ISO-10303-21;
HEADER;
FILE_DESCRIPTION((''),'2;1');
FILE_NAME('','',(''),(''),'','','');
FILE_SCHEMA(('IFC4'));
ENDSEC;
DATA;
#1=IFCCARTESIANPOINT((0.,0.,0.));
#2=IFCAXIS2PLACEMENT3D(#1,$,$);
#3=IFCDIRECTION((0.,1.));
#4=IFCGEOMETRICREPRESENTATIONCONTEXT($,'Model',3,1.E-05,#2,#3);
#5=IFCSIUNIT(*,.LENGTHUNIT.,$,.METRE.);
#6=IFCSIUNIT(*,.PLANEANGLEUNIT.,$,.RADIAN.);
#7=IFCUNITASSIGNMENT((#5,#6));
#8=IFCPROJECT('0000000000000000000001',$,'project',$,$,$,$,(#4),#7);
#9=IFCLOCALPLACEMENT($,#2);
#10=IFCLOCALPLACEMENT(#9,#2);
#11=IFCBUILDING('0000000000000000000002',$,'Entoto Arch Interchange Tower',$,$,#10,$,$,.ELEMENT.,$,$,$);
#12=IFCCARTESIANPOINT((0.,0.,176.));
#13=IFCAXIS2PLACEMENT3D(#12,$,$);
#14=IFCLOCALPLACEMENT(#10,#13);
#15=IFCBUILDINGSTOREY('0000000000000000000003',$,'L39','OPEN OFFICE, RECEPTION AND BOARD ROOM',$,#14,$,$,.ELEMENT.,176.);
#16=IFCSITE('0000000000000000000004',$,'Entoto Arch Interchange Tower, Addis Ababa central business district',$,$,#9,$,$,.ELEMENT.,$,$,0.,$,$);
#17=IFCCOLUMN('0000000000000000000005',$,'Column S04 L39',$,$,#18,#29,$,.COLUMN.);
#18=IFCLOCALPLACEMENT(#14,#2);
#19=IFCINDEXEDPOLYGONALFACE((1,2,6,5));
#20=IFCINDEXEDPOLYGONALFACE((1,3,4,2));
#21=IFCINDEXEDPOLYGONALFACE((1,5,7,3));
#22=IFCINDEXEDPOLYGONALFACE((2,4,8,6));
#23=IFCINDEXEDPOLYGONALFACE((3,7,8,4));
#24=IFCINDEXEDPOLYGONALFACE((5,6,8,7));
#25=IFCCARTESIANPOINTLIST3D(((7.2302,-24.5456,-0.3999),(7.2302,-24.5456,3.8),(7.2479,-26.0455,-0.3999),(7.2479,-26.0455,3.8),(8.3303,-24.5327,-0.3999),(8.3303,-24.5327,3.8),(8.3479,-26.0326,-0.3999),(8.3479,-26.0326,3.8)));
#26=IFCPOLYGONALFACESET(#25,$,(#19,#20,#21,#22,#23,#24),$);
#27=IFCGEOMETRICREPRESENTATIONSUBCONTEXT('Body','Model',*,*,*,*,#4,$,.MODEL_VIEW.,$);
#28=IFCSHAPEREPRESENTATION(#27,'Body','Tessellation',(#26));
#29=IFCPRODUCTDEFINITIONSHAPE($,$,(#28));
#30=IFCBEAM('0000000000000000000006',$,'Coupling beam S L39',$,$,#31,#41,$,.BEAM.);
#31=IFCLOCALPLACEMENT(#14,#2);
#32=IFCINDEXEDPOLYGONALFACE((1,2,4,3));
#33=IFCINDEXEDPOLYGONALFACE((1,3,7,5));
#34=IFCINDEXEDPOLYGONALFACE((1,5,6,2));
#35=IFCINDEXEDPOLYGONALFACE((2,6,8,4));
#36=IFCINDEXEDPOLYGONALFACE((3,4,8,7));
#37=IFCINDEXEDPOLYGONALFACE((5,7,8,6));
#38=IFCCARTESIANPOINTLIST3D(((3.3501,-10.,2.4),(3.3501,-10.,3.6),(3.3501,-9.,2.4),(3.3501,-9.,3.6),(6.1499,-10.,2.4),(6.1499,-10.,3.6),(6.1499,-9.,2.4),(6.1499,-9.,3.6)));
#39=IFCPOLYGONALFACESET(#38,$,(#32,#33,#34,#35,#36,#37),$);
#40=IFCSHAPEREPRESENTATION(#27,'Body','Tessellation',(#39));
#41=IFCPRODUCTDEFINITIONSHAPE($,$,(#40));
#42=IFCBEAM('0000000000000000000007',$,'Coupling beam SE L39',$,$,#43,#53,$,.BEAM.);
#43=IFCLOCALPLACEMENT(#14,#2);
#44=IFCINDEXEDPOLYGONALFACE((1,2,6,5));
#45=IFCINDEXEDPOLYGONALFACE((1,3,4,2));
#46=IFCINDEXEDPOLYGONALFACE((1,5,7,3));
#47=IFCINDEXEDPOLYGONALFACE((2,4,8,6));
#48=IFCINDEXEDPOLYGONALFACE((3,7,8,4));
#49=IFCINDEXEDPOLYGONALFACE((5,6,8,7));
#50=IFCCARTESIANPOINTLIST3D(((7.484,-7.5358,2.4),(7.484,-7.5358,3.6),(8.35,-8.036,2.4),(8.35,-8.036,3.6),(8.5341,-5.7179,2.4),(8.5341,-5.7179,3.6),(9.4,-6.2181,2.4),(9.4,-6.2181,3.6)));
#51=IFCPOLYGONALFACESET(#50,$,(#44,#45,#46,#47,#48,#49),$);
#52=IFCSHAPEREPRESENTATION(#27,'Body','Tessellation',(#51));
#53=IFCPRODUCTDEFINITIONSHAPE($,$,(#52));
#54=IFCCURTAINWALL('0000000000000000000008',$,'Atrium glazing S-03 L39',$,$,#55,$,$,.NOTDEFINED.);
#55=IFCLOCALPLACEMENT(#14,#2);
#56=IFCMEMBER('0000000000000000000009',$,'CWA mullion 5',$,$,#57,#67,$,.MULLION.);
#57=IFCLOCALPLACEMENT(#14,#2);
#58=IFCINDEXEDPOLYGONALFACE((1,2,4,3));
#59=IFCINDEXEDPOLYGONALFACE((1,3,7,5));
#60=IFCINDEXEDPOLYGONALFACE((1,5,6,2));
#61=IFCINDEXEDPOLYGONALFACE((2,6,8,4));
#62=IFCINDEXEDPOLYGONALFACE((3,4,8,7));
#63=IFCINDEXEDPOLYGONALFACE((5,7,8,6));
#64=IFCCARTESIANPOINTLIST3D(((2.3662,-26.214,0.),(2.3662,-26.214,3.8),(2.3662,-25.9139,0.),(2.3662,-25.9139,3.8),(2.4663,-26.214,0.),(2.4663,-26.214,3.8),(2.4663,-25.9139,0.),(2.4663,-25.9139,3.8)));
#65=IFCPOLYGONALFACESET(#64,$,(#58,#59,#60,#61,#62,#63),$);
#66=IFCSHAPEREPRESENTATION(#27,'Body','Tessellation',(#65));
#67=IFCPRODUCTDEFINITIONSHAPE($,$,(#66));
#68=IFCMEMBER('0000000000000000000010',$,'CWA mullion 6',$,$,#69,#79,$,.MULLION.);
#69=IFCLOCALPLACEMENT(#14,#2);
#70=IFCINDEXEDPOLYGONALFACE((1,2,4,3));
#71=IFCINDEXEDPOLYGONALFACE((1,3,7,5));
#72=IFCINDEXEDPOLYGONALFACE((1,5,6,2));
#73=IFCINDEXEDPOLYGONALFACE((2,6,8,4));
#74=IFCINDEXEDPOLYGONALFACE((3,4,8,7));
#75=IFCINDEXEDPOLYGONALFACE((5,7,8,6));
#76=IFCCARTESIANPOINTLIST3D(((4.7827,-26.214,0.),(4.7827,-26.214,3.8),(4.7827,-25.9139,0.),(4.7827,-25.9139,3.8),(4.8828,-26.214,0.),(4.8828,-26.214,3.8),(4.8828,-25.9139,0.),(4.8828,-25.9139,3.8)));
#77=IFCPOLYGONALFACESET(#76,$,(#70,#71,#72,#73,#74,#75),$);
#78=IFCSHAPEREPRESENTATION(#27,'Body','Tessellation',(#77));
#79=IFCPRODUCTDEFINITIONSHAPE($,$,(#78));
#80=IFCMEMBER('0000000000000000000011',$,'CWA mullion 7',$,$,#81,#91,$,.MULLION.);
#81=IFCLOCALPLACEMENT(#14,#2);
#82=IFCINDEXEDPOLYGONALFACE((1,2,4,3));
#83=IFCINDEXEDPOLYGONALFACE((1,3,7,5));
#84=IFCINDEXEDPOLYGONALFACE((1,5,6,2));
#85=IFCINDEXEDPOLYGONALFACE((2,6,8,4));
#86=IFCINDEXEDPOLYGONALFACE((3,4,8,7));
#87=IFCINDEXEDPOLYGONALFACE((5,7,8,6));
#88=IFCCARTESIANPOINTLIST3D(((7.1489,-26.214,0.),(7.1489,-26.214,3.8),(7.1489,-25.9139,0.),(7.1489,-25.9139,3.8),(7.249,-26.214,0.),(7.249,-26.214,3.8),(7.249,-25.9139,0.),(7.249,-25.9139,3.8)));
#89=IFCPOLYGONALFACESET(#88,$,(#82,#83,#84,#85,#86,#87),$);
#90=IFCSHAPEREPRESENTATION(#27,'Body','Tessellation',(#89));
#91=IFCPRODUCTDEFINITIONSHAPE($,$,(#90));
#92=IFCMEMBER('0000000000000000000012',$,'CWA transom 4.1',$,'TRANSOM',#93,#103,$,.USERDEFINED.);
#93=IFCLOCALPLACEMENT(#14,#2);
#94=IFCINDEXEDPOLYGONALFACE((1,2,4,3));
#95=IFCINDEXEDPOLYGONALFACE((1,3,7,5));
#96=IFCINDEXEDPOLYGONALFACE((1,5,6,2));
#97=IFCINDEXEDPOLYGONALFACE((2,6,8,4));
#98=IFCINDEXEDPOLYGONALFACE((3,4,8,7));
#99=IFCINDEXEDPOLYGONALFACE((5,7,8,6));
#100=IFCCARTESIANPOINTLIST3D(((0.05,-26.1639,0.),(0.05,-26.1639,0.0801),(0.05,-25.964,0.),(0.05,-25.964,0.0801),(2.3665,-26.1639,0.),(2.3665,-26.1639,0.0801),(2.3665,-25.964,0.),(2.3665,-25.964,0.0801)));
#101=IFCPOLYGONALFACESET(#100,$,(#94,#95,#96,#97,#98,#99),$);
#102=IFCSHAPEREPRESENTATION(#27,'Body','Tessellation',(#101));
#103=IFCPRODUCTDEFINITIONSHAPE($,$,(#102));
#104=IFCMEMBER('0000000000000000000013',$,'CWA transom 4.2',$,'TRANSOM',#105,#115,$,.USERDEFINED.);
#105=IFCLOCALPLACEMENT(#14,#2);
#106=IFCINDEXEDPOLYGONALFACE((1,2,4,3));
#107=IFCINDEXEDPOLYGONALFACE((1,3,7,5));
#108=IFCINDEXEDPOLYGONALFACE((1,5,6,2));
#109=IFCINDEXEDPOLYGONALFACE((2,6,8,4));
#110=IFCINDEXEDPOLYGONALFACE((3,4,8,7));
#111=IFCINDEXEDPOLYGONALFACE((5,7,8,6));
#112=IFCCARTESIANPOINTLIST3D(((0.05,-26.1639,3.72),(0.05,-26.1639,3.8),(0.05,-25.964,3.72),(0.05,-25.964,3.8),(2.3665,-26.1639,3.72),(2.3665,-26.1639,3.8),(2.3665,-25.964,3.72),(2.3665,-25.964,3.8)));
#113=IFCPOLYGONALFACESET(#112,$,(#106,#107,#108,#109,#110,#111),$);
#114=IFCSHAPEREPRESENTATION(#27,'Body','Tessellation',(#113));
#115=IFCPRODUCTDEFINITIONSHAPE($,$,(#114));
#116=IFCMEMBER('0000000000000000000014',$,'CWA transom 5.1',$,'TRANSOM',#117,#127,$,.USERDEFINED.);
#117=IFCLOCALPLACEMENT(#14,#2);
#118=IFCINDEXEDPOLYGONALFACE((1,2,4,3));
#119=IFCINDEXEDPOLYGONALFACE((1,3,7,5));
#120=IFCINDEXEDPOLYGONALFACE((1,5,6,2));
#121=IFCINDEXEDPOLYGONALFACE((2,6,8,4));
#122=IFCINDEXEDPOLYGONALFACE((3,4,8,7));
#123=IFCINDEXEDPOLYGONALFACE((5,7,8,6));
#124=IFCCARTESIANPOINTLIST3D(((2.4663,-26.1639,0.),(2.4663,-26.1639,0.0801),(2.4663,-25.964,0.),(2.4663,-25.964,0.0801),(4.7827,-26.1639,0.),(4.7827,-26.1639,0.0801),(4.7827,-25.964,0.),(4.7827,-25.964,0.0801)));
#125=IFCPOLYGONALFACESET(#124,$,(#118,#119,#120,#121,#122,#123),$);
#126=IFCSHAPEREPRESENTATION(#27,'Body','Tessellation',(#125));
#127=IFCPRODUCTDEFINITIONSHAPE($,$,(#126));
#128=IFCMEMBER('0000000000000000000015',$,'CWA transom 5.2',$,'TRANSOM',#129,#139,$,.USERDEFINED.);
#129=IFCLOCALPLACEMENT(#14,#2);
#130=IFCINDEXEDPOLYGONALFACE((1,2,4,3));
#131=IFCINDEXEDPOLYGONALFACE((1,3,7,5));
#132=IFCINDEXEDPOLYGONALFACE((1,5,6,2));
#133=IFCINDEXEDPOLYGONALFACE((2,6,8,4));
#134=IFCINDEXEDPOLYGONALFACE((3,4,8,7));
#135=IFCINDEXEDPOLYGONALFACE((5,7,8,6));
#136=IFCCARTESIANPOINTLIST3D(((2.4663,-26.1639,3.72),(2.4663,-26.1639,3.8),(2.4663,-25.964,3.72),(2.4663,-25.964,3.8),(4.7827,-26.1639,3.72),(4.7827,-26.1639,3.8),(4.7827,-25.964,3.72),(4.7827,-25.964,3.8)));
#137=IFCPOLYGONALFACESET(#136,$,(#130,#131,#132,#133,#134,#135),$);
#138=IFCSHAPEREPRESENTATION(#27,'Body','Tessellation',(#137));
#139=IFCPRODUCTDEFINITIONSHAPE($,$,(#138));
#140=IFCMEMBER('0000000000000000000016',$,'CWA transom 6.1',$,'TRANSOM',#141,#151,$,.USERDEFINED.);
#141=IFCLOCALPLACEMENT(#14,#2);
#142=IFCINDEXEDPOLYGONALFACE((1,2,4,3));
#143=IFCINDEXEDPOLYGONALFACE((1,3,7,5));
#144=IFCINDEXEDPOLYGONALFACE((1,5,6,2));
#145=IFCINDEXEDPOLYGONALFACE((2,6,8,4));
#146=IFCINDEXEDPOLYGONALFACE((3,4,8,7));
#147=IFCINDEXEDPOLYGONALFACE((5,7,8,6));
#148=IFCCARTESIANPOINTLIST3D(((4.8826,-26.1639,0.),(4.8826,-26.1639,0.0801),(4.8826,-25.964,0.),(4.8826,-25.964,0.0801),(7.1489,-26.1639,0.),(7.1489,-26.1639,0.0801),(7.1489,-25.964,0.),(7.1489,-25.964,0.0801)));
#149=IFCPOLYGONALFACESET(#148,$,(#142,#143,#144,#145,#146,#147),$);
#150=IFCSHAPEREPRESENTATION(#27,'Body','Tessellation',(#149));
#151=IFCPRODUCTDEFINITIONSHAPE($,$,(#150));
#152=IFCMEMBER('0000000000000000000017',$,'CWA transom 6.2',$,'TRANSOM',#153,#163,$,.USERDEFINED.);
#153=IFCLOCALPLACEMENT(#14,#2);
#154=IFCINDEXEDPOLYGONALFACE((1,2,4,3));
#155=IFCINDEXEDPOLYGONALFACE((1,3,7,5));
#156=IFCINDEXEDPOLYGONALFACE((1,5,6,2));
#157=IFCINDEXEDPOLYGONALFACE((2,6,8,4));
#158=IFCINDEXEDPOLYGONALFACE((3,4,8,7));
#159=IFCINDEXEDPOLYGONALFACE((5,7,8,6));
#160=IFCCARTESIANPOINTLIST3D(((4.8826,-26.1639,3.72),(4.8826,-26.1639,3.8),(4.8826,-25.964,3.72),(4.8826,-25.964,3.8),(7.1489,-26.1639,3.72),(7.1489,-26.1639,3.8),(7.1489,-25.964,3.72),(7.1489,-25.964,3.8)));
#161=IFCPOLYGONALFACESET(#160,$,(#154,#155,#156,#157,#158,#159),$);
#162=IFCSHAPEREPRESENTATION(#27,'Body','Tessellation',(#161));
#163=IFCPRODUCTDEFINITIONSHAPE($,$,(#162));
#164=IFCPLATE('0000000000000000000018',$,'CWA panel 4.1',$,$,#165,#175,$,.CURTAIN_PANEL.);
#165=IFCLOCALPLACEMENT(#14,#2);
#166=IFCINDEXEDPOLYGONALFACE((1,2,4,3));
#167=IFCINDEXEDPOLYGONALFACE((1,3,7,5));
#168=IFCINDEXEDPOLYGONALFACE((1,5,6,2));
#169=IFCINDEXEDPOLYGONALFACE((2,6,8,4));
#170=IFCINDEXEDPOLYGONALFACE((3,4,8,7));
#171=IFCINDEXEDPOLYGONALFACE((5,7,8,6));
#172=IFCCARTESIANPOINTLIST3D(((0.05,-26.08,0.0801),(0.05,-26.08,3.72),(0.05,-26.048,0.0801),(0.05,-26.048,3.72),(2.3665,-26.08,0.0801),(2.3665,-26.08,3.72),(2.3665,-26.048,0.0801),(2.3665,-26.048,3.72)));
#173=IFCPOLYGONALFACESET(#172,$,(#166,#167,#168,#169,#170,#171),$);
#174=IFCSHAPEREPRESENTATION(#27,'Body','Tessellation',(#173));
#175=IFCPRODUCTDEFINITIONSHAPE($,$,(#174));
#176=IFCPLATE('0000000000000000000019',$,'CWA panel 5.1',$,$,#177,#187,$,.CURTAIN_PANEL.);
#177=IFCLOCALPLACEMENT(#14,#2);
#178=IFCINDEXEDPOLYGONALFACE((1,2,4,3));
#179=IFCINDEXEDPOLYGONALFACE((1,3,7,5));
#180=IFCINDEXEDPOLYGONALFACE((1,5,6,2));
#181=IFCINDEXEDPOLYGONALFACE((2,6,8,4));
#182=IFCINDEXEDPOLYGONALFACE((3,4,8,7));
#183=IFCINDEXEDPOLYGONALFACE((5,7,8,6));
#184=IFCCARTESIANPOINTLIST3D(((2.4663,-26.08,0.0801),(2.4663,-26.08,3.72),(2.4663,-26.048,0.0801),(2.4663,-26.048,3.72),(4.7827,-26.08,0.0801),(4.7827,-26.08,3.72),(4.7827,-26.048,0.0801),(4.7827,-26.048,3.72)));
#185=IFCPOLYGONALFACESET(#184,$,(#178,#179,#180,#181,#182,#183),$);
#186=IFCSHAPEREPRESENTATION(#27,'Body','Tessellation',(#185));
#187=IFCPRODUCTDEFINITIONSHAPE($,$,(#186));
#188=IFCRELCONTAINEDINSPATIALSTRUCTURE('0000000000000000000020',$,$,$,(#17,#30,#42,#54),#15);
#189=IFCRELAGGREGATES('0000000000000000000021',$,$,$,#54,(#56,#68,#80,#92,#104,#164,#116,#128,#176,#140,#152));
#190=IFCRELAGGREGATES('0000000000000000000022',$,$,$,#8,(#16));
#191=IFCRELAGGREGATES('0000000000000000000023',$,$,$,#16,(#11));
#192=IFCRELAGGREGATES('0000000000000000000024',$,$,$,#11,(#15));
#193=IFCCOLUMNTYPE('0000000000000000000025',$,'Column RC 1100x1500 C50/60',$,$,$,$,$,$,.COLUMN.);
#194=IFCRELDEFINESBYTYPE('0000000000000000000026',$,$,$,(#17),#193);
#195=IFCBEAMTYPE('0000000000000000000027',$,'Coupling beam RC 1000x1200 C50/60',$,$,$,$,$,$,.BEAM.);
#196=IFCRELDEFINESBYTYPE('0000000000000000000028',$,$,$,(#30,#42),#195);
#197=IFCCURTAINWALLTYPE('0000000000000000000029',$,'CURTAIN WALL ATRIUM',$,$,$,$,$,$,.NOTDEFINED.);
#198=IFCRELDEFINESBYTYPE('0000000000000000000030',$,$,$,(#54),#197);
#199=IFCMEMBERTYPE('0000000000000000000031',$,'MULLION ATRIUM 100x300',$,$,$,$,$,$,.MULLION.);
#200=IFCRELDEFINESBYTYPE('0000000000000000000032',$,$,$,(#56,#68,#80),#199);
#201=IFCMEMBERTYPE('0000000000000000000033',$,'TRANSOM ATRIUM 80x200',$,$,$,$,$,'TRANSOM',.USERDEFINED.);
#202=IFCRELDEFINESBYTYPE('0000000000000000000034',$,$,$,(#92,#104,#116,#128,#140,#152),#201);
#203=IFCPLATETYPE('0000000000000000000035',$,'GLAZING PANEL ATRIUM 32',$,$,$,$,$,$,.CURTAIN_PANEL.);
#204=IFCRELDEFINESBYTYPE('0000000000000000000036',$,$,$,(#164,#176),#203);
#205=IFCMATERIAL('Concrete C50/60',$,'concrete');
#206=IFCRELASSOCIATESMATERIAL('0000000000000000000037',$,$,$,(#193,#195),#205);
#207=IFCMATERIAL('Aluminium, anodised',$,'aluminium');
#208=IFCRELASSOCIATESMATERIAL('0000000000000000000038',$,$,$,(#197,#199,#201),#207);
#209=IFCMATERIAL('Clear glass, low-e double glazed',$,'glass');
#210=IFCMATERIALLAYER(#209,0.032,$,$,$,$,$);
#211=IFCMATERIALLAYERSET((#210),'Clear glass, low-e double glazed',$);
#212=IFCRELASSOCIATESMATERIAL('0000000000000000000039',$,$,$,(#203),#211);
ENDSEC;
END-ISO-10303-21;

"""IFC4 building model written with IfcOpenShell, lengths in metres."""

from ifc_helpers import new_model, si_unit, direction, frame, origin, origin_2d, place, context, subcontext, project, spatial, rectangle, extrude, material, layer, layer_set, material_profile, profile_set, type_object, element, aggregate, save


model = new_model("IFC4")

# Units and contexts
model_context = context("Model", 3, precision=1e-05, world=origin(), true_north=direction((0.0, 1.0)))
body_context = subcontext(model_context, "Body", "Model", "MODEL_VIEW")
ifc_project = project(units=[si_unit("LENGTHUNIT", "METRE"), si_unit("PLANEANGLEUNIT", "RADIAN")], contexts=[model_context])

# Site, building, storey
site_placement = place(None, origin())
site = spatial("IfcSite", under=ifc_project, at=site_placement, Name="Entoto Arch Interchange Tower, Addis Ababa central business district", CompositionType="ELEMENT", RefElevation=0.0)
building_placement = place(site_placement, origin())
building = spatial("IfcBuilding", under=site, at=building_placement, Name="Entoto Arch Interchange Tower", CompositionType="ELEMENT")
storey_placement = place(building_placement, frame((0.0, 0.0, 176.0)))
storey = spatial("IfcBuildingStorey", under=building, at=storey_placement, Name="L39", Description="OPEN OFFICE, RECEPTION AND BOARD ROOM", CompositionType="ELEMENT", Elevation=176.0)

# Column
ifc_material_1 = material(Name="Concrete C50/60", Category="concrete")
ifc_material_profile_1 = material_profile(ifc_material_1, rectangle(XDim=1.1001, YDim=1.5, at=origin_2d()))
ifc_profile_set_1 = profile_set([ifc_material_profile_1], Name="Concrete C50/60")
column_type = type_object("IfcColumnType", Name="Column RC 1100x1500 C50/60", PredefinedType="COLUMN", material=ifc_profile_set_1)
column_placement = place(storey_placement, frame((7.7891, -25.2891, -0.3999), z_axis=(0.0, 0.0, 1.0), x_axis=(0.999931, 0.011746, 0.0)))
element("IfcColumn", 1, at=column_placement, inside=storey, type_object=column_type, Name="Column S04 L39", PredefinedType="COLUMN", context=body_context, shape_type="SweptSolid", body=[
    extrude(rectangle(XDim=1.1001, YDim=1.5, at=origin_2d()), origin(), (0.0, 0.0, 1.0), 4.2),
])

# Beams
ifc_material_profile_2 = material_profile(ifc_material_1, rectangle(XDim=1.0, YDim=1.2, at=origin_2d()))
ifc_profile_set_2 = profile_set([ifc_material_profile_2], Name="Concrete C50/60")
beam_type = type_object("IfcBeamType", Name="Coupling beam RC 1000x1200 C50/60", PredefinedType="BEAM", material=ifc_profile_set_2)
beam_1_placement = place(storey_placement, frame((3.3501, -9.5, 3.0), z_axis=(1.0, 0.0, 0.0), x_axis=(0.0, 1.0, 0.0)))
element("IfcBeam", 2, at=beam_1_placement, inside=storey, type_object=beam_type, Name="Coupling beam S L39", PredefinedType="BEAM", context=body_context, shape_type="SweptSolid", body=[
    extrude(rectangle(XDim=1.0, YDim=1.2, at=origin_2d()), origin(), (0.0, 0.0, 1.0), 2.7998),
])
beam_2_placement = place(storey_placement, frame((7.917, -7.7859, 3.0), z_axis=(0.500179, 0.865922, 0.0), x_axis=(-0.865922, 0.500179, 0.0)))
element("IfcBeam", 3, at=beam_2_placement, inside=storey, type_object=beam_type, Name="Coupling beam SE L39", PredefinedType="BEAM", context=body_context, shape_type="SweptSolid", body=[
    extrude(rectangle(XDim=1.0, YDim=1.2, at=origin_2d()), origin(), (0.0, 0.0, 1.0), 2.0994),
])

# Curtain wall, members, plates
ifc_material_2 = material(Name="Aluminium, anodised", Category="aluminium")
curtain_wall_type = type_object("IfcCurtainWallType", Name="CURTAIN WALL ATRIUM", PredefinedType="NOTDEFINED", material=ifc_material_2)
curtain_wall_placement = place(storey_placement, origin())
curtain_wall = element("IfcCurtainWall", 4, at=curtain_wall_placement, inside=storey, type_object=curtain_wall_type, Name="Atrium glazing S-03 L39", PredefinedType="NOTDEFINED")
ifc_material_profile_3 = material_profile(ifc_material_2, rectangle(XDim=0.3, YDim=0.1001, at=origin_2d()))
ifc_profile_set_3 = profile_set([ifc_material_profile_3], Name="Aluminium, anodised")
member_type_1 = type_object("IfcMemberType", Name="MULLION ATRIUM 100x300", PredefinedType="MULLION", material=ifc_profile_set_3)
member_1_placement = place(storey_placement, frame((2.4163, -26.064, 0.0), z_axis=(0.0, 0.0, 1.0), x_axis=(0.0, 1.0, 0.0)))
member_1 = element("IfcMember", 5, at=member_1_placement, type_object=member_type_1, Name="CWA mullion 5", PredefinedType="MULLION", context=body_context, shape_type="SweptSolid", body=[
    extrude(rectangle(XDim=0.3, YDim=0.1001, at=origin_2d()), origin(), (0.0, 0.0, 1.0), 3.8),
])
member_2_placement = place(storey_placement, frame((4.8328, -26.064, 0.0), z_axis=(0.0, 0.0, 1.0), x_axis=(0.0, 1.0, 0.0)))
member_2 = element("IfcMember", 6, at=member_2_placement, type_object=member_type_1, Name="CWA mullion 6", PredefinedType="MULLION", context=body_context, shape_type="SweptSolid", body=[
    extrude(rectangle(XDim=0.3, YDim=0.1001, at=origin_2d()), origin(), (0.0, 0.0, 1.0), 3.8),
])
member_3_placement = place(storey_placement, frame((7.199, -26.064, 0.0), z_axis=(0.0, 0.0, 1.0), x_axis=(0.0, 1.0, 0.0)))
member_3 = element("IfcMember", 7, at=member_3_placement, type_object=member_type_1, Name="CWA mullion 7", PredefinedType="MULLION", context=body_context, shape_type="SweptSolid", body=[
    extrude(rectangle(XDim=0.3, YDim=0.1001, at=origin_2d()), origin(), (0.0, 0.0, 1.0), 3.8),
])
ifc_material_profile_4 = material_profile(ifc_material_2, rectangle(XDim=0.2, YDim=0.0801, at=origin_2d()))
ifc_profile_set_4 = profile_set([ifc_material_profile_4], Name="Aluminium, anodised")
member_type_2 = type_object("IfcMemberType", Name="TRANSOM ATRIUM 80x200", ElementType="TRANSOM", PredefinedType="USERDEFINED", material=ifc_profile_set_4)
member_4_placement = place(storey_placement, frame((0.05, -26.064, 0.04), z_axis=(1.0, 0.0, 0.0), x_axis=(0.0, 1.0, 0.0)))
member_4 = element("IfcMember", 8, at=member_4_placement, type_object=member_type_2, Name="CWA transom 4.1", ObjectType="TRANSOM", PredefinedType="USERDEFINED", context=body_context, shape_type="SweptSolid", body=[
    extrude(rectangle(XDim=0.2, YDim=0.0801, at=origin_2d()), origin(), (0.0, 0.0, 1.0), 2.3164),
])
member_5_placement = place(storey_placement, frame((0.05, -26.064, 3.76), z_axis=(1.0, 0.0, 0.0), x_axis=(0.0, 1.0, 0.0)))
member_5 = element("IfcMember", 9, at=member_5_placement, type_object=member_type_2, Name="CWA transom 4.2", ObjectType="TRANSOM", PredefinedType="USERDEFINED", context=body_context, shape_type="SweptSolid", body=[
    extrude(rectangle(XDim=0.2, YDim=0.0801, at=origin_2d()), origin(), (0.0, 0.0, 1.0), 2.3164),
])
member_6_placement = place(storey_placement, frame((2.4663, -26.064, 0.04), z_axis=(1.0, 0.0, 0.0), x_axis=(0.0, 1.0, 0.0)))
member_6 = element("IfcMember", 10, at=member_6_placement, type_object=member_type_2, Name="CWA transom 5.1", ObjectType="TRANSOM", PredefinedType="USERDEFINED", context=body_context, shape_type="SweptSolid", body=[
    extrude(rectangle(XDim=0.2, YDim=0.0801, at=origin_2d()), origin(), (0.0, 0.0, 1.0), 2.3164),
])
member_7_placement = place(storey_placement, frame((2.4663, -26.064, 3.76), z_axis=(1.0, 0.0, 0.0), x_axis=(0.0, 1.0, 0.0)))
member_7 = element("IfcMember", 11, at=member_7_placement, type_object=member_type_2, Name="CWA transom 5.2", ObjectType="TRANSOM", PredefinedType="USERDEFINED", context=body_context, shape_type="SweptSolid", body=[
    extrude(rectangle(XDim=0.2, YDim=0.0801, at=origin_2d()), origin(), (0.0, 0.0, 1.0), 2.3164),
])
member_8_placement = place(storey_placement, frame((4.8826, -26.064, 0.04), z_axis=(1.0, 0.0, 0.0), x_axis=(0.0, 1.0, 0.0)))
member_8 = element("IfcMember", 12, at=member_8_placement, type_object=member_type_2, Name="CWA transom 6.1", ObjectType="TRANSOM", PredefinedType="USERDEFINED", context=body_context, shape_type="SweptSolid", body=[
    extrude(rectangle(XDim=0.2, YDim=0.0801, at=origin_2d()), origin(), (0.0, 0.0, 1.0), 2.2664),
])
member_9_placement = place(storey_placement, frame((4.8826, -26.064, 3.76), z_axis=(1.0, 0.0, 0.0), x_axis=(0.0, 1.0, 0.0)))
member_9 = element("IfcMember", 13, at=member_9_placement, type_object=member_type_2, Name="CWA transom 6.2", ObjectType="TRANSOM", PredefinedType="USERDEFINED", context=body_context, shape_type="SweptSolid", body=[
    extrude(rectangle(XDim=0.2, YDim=0.0801, at=origin_2d()), origin(), (0.0, 0.0, 1.0), 2.2664),
])
ifc_material_3 = material(Name="Clear glass, low-e double glazed", Category="glass")
ifc_layer_1 = layer(ifc_material_3, 0.032)
ifc_layer_set_1 = layer_set([ifc_layer_1], Name="Clear glass, low-e double glazed")
plate_type = type_object("IfcPlateType", Name="GLAZING PANEL ATRIUM 32", PredefinedType="CURTAIN_PANEL", material=ifc_layer_set_1)
plate_1_placement = place(storey_placement, frame((1.2083, -26.064, 0.0801), z_axis=(0.0, 0.0, 1.0), x_axis=(1.0, 0.0, 0.0)))
plate_1 = element("IfcPlate", 14, at=plate_1_placement, type_object=plate_type, Name="CWA panel 4.1", PredefinedType="CURTAIN_PANEL", context=body_context, shape_type="SweptSolid", body=[
    extrude(rectangle(XDim=2.3164, YDim=0.032, at=origin_2d()), origin(), (0.0, 0.0, 1.0), 3.6399),
])
plate_2_placement = place(storey_placement, frame((3.6245, -26.064, 0.0801), z_axis=(0.0, 0.0, 1.0), x_axis=(1.0, 0.0, 0.0)))
plate_2 = element("IfcPlate", 15, at=plate_2_placement, type_object=plate_type, Name="CWA panel 5.1", PredefinedType="CURTAIN_PANEL", context=body_context, shape_type="SweptSolid", body=[
    extrude(rectangle(XDim=2.3164, YDim=0.032, at=origin_2d()), origin(), (0.0, 0.0, 1.0), 3.6399),
])
aggregate(curtain_wall, [member_1, member_2, member_3, member_4, member_5, plate_1, member_6, member_7, plate_2, member_8, member_9])

save(model, "model.ifc")
